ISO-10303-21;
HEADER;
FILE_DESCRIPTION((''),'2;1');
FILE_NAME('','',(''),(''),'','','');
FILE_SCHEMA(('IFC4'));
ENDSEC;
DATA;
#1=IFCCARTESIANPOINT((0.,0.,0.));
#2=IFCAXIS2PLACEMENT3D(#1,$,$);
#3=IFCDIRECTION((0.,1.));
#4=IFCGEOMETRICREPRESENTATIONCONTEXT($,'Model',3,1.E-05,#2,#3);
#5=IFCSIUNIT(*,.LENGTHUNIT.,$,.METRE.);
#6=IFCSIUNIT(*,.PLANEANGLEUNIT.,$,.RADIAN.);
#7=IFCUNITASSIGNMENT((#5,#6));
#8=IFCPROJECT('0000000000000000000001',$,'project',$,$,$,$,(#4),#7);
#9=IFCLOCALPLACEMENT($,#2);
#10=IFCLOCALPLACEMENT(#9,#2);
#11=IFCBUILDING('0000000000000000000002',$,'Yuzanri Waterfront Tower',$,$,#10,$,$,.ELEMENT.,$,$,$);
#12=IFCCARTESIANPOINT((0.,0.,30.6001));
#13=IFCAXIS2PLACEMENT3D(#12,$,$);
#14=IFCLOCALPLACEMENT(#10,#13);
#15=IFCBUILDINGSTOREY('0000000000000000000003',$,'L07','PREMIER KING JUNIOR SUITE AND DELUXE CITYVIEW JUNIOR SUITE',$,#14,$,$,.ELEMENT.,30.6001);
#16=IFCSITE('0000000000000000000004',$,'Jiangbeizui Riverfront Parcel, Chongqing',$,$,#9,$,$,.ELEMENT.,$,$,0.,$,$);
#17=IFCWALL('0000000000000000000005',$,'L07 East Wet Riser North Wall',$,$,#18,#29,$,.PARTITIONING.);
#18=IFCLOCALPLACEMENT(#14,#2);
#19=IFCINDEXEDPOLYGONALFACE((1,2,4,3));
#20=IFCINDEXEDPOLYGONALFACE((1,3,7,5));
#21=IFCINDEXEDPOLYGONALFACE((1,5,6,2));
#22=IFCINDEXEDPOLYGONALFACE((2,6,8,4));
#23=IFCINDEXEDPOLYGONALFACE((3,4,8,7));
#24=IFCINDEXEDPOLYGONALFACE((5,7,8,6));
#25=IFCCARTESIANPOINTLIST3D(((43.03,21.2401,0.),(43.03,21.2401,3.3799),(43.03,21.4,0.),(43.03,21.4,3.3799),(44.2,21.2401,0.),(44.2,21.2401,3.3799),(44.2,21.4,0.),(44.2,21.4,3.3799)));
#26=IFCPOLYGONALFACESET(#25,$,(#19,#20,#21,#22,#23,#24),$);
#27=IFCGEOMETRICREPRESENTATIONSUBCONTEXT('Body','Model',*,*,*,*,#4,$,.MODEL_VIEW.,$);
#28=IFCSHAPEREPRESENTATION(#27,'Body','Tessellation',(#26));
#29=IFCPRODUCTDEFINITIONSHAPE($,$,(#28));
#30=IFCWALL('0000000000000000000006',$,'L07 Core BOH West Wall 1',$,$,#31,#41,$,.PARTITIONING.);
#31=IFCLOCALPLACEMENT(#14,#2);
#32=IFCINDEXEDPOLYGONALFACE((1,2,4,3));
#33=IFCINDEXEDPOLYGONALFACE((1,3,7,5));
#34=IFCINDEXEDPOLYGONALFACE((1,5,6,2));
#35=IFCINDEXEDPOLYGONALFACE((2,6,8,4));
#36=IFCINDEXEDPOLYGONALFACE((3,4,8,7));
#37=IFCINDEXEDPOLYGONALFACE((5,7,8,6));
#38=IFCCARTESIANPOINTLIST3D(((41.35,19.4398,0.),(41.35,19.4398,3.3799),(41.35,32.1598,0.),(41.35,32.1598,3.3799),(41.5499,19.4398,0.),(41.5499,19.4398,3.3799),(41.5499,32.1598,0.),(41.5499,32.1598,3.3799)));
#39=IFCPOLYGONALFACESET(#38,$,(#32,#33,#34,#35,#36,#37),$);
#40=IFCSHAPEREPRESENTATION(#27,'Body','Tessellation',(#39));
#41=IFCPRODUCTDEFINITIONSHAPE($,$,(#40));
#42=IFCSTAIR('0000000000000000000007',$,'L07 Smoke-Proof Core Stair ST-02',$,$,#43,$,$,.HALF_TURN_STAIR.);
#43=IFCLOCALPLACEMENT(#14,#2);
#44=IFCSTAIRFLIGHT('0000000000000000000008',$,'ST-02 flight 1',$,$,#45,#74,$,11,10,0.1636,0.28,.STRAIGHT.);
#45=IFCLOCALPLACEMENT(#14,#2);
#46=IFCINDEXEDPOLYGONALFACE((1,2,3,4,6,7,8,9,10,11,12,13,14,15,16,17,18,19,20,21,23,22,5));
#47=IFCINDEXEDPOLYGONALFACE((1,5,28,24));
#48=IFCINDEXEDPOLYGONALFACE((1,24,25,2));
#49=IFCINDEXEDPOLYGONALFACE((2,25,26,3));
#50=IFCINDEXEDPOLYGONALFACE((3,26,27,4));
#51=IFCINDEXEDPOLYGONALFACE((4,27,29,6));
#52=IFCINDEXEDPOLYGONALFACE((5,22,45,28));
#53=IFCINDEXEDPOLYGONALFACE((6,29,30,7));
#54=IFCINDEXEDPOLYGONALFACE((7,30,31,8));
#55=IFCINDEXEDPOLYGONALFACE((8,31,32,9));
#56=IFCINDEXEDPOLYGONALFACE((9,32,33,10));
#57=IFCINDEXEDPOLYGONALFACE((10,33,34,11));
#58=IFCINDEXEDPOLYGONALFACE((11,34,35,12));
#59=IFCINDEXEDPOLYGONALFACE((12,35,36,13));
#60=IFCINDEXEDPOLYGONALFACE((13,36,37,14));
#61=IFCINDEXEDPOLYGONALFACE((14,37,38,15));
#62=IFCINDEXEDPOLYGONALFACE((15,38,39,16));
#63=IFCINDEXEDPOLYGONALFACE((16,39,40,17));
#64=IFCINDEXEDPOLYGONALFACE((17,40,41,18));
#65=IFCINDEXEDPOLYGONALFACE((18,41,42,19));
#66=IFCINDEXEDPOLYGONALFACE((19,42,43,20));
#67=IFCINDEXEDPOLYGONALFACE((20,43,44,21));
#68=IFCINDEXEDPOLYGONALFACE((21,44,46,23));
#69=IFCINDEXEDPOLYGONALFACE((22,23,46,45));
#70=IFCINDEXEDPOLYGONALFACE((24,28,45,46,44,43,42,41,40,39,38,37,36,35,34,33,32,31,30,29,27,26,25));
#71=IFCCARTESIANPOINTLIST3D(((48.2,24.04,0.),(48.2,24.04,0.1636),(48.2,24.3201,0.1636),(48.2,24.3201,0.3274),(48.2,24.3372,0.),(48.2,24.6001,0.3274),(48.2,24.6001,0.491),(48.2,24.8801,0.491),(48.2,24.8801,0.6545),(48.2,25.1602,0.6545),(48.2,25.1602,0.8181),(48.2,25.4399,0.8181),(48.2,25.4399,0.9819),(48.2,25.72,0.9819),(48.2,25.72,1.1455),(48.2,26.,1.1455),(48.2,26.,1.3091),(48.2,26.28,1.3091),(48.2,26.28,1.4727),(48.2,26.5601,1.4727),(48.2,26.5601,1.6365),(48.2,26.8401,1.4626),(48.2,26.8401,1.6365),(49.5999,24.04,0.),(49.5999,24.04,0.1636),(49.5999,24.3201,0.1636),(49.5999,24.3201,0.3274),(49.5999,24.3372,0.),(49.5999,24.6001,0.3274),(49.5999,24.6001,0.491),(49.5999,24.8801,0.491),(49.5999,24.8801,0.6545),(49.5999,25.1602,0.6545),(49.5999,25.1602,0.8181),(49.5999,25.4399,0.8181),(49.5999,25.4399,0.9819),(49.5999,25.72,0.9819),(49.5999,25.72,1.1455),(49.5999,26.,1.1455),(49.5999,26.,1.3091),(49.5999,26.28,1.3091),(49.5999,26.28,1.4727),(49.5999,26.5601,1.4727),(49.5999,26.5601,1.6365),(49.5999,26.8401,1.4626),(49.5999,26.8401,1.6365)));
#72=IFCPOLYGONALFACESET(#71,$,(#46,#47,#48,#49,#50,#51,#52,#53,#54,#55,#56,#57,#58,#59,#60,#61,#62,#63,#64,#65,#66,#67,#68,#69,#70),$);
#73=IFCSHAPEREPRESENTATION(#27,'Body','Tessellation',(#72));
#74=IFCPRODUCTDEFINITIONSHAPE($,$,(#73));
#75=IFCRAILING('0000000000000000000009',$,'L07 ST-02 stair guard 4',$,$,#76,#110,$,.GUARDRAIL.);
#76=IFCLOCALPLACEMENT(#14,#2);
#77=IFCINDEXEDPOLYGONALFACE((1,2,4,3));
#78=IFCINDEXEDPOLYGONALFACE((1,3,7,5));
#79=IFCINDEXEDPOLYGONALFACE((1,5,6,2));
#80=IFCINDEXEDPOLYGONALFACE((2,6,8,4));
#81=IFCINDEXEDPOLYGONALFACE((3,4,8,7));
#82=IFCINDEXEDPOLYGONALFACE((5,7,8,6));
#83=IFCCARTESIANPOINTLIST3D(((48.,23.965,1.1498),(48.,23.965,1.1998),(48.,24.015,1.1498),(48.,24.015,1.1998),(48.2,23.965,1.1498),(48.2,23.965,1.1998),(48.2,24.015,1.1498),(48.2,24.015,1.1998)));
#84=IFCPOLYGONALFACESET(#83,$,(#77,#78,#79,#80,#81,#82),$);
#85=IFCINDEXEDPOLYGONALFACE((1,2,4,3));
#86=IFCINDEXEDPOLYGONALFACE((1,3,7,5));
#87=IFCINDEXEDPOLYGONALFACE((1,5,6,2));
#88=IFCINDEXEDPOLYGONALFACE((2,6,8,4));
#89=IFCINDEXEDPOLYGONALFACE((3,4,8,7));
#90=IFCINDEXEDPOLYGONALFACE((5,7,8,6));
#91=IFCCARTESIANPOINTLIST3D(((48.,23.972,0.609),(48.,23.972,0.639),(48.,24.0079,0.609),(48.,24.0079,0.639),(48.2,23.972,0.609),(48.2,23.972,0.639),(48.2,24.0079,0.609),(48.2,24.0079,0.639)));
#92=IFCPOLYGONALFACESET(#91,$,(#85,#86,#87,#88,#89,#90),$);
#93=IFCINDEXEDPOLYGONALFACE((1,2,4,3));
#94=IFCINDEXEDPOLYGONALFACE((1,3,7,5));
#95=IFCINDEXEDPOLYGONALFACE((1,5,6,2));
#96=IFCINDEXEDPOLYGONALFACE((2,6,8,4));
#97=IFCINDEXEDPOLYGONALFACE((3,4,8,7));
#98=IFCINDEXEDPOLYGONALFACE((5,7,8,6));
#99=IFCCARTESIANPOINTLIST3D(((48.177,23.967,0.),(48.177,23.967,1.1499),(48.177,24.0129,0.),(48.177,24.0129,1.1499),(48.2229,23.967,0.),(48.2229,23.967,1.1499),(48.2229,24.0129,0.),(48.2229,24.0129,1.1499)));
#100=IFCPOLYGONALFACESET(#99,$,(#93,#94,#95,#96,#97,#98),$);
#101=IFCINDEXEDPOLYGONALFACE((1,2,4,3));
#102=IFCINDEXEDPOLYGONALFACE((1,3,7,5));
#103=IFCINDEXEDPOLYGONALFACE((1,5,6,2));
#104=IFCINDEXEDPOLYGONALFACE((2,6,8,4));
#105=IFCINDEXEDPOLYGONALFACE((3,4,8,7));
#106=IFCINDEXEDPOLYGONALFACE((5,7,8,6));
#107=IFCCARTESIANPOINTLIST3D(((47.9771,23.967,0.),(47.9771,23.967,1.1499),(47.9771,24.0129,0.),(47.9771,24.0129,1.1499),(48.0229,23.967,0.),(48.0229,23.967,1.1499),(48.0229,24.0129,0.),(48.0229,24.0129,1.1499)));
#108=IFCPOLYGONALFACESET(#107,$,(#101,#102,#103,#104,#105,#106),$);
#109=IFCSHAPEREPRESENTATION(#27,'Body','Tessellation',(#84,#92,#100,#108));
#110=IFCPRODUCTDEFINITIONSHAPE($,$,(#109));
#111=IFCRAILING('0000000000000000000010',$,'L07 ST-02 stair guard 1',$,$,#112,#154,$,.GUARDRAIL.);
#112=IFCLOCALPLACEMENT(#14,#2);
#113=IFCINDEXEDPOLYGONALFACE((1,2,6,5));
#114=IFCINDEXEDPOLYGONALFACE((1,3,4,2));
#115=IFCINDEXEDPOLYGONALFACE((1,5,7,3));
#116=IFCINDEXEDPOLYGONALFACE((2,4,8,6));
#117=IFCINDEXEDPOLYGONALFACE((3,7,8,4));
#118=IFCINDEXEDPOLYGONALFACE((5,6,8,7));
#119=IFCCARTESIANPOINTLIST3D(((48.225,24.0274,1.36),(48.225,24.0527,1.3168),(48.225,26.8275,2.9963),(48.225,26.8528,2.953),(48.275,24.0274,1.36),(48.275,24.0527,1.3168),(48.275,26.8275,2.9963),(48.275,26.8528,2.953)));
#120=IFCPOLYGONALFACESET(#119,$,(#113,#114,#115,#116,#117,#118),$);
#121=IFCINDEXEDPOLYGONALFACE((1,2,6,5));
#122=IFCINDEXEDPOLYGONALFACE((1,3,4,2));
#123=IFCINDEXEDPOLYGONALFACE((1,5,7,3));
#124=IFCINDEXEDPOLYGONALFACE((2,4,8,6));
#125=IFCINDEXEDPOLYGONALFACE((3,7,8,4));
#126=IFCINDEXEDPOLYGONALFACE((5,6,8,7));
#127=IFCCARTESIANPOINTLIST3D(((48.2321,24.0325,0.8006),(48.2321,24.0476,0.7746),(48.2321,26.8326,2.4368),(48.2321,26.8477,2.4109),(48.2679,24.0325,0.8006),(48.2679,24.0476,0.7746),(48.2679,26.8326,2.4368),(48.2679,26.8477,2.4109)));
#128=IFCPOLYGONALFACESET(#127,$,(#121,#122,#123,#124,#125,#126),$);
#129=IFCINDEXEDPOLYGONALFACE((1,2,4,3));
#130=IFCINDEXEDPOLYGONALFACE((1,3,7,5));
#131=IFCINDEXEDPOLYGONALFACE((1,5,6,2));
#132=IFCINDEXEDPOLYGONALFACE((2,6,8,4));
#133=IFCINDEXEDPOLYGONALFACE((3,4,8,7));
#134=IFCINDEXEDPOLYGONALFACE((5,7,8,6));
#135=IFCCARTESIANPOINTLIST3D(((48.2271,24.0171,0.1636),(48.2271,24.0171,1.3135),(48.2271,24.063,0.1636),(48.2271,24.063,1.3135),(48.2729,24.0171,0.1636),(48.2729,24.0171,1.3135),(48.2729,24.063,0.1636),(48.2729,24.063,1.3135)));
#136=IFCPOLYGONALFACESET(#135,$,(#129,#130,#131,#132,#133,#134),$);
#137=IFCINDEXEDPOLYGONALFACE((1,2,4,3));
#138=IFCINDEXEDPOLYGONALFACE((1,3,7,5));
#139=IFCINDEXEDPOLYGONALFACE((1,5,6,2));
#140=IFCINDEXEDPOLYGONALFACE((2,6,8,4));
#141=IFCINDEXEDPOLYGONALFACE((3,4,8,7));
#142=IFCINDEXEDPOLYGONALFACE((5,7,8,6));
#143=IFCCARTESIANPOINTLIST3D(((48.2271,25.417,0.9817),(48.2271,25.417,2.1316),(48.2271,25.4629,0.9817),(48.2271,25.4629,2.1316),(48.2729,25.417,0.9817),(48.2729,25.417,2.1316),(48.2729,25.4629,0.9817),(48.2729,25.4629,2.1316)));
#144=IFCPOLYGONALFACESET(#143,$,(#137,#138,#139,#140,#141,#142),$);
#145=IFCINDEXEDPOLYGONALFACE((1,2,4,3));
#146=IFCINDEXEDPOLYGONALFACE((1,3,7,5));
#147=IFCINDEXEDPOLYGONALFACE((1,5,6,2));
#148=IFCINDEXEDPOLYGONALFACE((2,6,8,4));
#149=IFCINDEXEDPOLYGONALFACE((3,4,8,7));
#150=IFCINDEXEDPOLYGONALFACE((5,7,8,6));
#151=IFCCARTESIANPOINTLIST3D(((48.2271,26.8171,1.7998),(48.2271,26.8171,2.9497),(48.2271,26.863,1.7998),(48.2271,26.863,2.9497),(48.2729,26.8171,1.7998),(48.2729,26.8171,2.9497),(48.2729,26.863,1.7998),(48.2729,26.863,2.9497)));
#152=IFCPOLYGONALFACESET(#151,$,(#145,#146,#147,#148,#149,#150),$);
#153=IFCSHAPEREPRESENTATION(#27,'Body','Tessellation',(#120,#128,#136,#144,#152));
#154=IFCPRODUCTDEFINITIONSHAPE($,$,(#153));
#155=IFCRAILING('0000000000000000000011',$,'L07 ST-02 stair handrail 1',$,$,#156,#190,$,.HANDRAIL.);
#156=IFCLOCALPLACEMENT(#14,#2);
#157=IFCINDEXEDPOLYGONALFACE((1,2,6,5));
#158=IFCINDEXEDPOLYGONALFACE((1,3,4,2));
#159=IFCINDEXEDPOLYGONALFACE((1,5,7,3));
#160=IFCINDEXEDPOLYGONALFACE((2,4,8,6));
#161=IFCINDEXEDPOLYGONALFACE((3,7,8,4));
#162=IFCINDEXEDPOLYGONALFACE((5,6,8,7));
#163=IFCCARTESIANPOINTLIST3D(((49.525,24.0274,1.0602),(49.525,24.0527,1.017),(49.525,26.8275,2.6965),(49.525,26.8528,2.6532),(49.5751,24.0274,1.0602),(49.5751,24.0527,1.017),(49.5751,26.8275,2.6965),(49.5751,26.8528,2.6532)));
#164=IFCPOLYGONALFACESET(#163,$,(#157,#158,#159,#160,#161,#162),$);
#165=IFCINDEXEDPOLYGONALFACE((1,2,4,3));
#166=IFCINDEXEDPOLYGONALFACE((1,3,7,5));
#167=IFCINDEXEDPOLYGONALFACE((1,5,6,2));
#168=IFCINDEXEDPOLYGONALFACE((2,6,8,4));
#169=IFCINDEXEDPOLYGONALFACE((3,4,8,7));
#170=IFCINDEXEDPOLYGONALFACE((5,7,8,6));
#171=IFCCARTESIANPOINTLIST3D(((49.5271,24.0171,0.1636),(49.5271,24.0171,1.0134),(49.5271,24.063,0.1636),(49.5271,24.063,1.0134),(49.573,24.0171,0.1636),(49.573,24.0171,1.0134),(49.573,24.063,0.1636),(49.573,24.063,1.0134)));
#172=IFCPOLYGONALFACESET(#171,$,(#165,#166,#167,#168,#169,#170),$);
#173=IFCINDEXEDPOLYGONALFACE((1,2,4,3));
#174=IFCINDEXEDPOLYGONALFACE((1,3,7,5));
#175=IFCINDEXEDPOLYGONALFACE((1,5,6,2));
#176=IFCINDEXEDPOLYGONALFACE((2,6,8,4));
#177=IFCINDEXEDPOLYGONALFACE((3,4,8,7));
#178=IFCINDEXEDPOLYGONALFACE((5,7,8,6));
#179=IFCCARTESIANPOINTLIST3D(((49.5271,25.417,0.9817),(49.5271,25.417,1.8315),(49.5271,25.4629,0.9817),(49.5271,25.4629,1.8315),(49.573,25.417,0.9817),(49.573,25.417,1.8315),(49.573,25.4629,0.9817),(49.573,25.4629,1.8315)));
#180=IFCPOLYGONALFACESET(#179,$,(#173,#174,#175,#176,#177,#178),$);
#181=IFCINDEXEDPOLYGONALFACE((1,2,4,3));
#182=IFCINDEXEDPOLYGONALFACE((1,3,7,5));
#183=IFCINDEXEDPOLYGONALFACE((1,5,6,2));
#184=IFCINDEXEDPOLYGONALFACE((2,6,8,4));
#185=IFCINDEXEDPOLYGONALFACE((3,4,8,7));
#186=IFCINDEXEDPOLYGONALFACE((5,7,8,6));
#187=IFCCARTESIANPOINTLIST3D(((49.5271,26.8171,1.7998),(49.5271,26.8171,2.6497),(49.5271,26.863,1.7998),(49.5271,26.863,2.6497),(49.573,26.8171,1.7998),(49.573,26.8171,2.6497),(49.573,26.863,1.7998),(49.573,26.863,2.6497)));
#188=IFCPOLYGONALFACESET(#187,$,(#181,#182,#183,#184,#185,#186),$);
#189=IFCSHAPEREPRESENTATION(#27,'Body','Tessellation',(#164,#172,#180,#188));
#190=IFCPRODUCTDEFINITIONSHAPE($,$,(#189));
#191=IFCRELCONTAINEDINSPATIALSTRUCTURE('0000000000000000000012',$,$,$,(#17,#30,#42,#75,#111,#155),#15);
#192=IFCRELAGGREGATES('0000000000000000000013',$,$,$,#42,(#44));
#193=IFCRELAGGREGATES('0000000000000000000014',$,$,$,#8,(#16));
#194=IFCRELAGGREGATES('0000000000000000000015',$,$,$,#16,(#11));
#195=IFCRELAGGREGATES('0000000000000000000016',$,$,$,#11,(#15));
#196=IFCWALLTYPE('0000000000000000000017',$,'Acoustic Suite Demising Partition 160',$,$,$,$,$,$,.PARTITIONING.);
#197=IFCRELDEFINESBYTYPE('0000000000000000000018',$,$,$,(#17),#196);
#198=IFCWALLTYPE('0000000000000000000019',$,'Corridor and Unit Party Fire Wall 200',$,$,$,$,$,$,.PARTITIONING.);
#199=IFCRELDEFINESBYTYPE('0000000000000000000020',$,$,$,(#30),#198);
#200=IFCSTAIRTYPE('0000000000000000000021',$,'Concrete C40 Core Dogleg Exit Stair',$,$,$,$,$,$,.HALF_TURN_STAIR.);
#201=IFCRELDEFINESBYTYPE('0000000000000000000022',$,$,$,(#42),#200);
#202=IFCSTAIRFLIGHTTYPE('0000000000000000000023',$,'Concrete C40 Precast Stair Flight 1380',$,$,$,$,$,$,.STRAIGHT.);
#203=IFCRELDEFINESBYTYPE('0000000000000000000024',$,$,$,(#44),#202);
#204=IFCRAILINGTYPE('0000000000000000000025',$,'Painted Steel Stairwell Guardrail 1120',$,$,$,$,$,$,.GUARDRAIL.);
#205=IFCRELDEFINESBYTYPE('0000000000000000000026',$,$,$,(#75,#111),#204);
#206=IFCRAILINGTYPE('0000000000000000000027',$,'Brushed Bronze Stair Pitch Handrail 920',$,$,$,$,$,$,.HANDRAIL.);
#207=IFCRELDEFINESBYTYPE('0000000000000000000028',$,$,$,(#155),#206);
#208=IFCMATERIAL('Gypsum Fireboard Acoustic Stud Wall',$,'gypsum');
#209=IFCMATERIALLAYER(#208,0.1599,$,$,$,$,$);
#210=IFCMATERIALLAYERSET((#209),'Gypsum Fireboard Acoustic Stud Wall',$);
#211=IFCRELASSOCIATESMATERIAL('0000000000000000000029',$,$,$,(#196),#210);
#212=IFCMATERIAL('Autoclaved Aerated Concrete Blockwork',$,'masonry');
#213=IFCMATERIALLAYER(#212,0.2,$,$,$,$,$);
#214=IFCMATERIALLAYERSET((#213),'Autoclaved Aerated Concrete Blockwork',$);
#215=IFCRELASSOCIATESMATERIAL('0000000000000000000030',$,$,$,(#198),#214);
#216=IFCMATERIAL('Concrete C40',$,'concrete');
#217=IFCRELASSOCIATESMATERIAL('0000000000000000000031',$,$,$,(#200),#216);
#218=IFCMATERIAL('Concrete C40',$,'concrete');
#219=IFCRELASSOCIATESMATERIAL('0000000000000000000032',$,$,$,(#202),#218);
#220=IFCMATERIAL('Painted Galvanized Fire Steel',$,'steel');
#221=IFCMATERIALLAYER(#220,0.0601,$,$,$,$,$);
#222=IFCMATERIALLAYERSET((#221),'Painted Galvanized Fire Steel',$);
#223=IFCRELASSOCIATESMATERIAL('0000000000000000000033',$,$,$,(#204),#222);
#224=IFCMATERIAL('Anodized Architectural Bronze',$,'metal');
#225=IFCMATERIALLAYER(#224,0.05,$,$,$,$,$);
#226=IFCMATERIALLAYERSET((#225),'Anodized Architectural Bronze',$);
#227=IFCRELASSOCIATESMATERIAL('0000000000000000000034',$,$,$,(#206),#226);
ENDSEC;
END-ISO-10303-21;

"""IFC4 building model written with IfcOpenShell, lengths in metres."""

from ifc_helpers import new_model, si_unit, direction, frame, frame_2d, origin, origin_2d, place, context, subcontext, project, spatial, polyline, rectangle, outline, extrude, source, transform, mapped, material, layer, layer_set, type_object, element, aggregate, save


model = new_model("IFC4")

# Units and contexts
model_context = context("Model", 3, precision=1e-05, world=origin(), true_north=direction((0.0, 1.0)))
body_context = subcontext(model_context, "Body", "Model", "MODEL_VIEW")
ifc_project = project(units=[si_unit("LENGTHUNIT", "METRE"), si_unit("PLANEANGLEUNIT", "RADIAN")], contexts=[model_context])

# Site, building, storey
site_placement = place(None, origin())
site = spatial("IfcSite", under=ifc_project, at=site_placement, Name="Jiangbeizui Riverfront Parcel, Chongqing", CompositionType="ELEMENT", RefElevation=0.0)
building_placement = place(site_placement, origin())
building = spatial("IfcBuilding", under=site, at=building_placement, Name="Yuzanri Waterfront Tower", CompositionType="ELEMENT")
storey_placement = place(building_placement, frame((0.0, 0.0, 30.6001)))
storey = spatial("IfcBuildingStorey", under=building, at=storey_placement, Name="L07", Description="PREMIER KING JUNIOR SUITE AND DELUXE CITYVIEW JUNIOR SUITE", CompositionType="ELEMENT", Elevation=30.6001)

# Walls
ifc_material_1 = material(Name="Gypsum Fireboard Acoustic Stud Wall", Category="gypsum")
ifc_layer_1 = layer(ifc_material_1, 0.1599)
ifc_layer_set_1 = layer_set([ifc_layer_1], Name="Gypsum Fireboard Acoustic Stud Wall")
wall_type_1 = type_object("IfcWallType", Name="Acoustic Suite Demising Partition 160", PredefinedType="PARTITIONING", material=ifc_layer_set_1)
shared_shape_1 = source(origin(), body_context, "Body", "SweptSolid", [
    extrude(rectangle(XDim=1.1699, YDim=0.1599, at=frame_2d((0.585, 0.0))), origin(), (0.0, 0.0, 1.0), 3.3799),
])
wall_1_placement = place(storey_placement, frame((43.03, 21.3201, 0.0), z_axis=(0.0, 0.0, 1.0), x_axis=(1.0, 0.0, 0.0)))
element("IfcWall", 1, at=wall_1_placement, inside=storey, type_object=wall_type_1, Name="L07 East Wet Riser North Wall", PredefinedType="PARTITIONING", context=body_context, shape_type="MappedRepresentation", body=[
    mapped(shared_shape_1, transform((0.0, 0.0, 0.0), scale=1.0)),
])
ifc_material_2 = material(Name="Autoclaved Aerated Concrete Blockwork", Category="masonry")
ifc_layer_2 = layer(ifc_material_2, 0.2)
ifc_layer_set_2 = layer_set([ifc_layer_2], Name="Autoclaved Aerated Concrete Blockwork")
wall_type_2 = type_object("IfcWallType", Name="Corridor and Unit Party Fire Wall 200", PredefinedType="PARTITIONING", material=ifc_layer_set_2)
shared_shape_2 = source(origin(), body_context, "Body", "SweptSolid", [
    extrude(rectangle(XDim=12.72, YDim=0.2, at=frame_2d((6.3599, 0.0))), origin(), (0.0, 0.0, 1.0), 3.3799),
])
wall_2_placement = place(storey_placement, frame((41.45, 19.4399, 0.0), z_axis=(0.0, 0.0, 1.0), x_axis=(0.0, 1.0, 0.0)))
element("IfcWall", 2, at=wall_2_placement, inside=storey, type_object=wall_type_2, Name="L07 Core BOH West Wall 1", PredefinedType="PARTITIONING", context=body_context, shape_type="MappedRepresentation", body=[
    mapped(shared_shape_2, transform((0.0, 0.0, 0.0), scale=1.0)),
])

# Stair, stair flight
ifc_material_3 = material(Name="Concrete C40", Category="concrete")
stair_type = type_object("IfcStairType", Name="Concrete C40 Core Dogleg Exit Stair", PredefinedType="HALF_TURN_STAIR", material=ifc_material_3)
stair_placement = place(storey_placement, origin())
stair = element("IfcStair", 3, at=stair_placement, inside=storey, type_object=stair_type, Name="L07 Smoke-Proof Core Stair ST-02", PredefinedType="HALF_TURN_STAIR")
ifc_material_4 = material(Name="Concrete C40", Category="concrete")
stair_flight_type = type_object("IfcStairFlightType", Name="Concrete C40 Precast Stair Flight 1380", PredefinedType="STRAIGHT", material=ifc_material_4)
shared_shape_3 = source(origin(), body_context, "Body", "SweptSolid", [
    extrude(outline(polyline([(0.0, 0.0), (0.0, 0.1636), (0.28, 0.1636), (0.28, 0.3274), (0.5601, 0.3274), (0.5601, 0.491), (0.8401, 0.491), (0.8401, 0.6545), (1.1201, 0.6545), (1.1201, 0.8181), (1.3999, 0.8181), (1.3999, 0.9819), (1.6799, 0.9819), (1.6799, 1.1455), (1.96, 1.1455), (1.96, 1.3091), (2.24, 1.3091), (2.24, 1.4727), (2.52, 1.4727), (2.52, 1.6365), (2.8, 1.6365), (2.8, 1.8), (2.8, 1.4626), (0.2971, 0.0), (0.0, 0.0)])), frame((0.0, 0.7, 0.0), z_axis=(0.0, -1.0, 0.0), x_axis=(1.0, 0.0, 0.0)), (0.0, 0.0, 1.0), 1.3999),
])
stair_flight_placement = place(storey_placement, frame((48.8999, 24.04, 0.0), z_axis=(0.0, 0.0, 1.0), x_axis=(0.0, 1.0, 0.0)))
stair_flight = element("IfcStairFlight", 4, at=stair_flight_placement, type_object=stair_flight_type, Name="ST-02 flight 1", NumberOfRisers=11, NumberOfTreads=10, PredefinedType="STRAIGHT", RiserHeight=0.1636, TreadLength=0.28, context=body_context, shape_type="MappedRepresentation", body=[
    mapped(shared_shape_3, transform((0.0, 0.0, 0.0), scale=1.0)),
])
aggregate(stair, [stair_flight])

# Railings
ifc_material_5 = material(Name="Painted Galvanized Fire Steel", Category="steel")
ifc_layer_3 = layer(ifc_material_5, 0.0601)
ifc_layer_set_3 = layer_set([ifc_layer_3], Name="Painted Galvanized Fire Steel")
railing_type_1 = type_object("IfcRailingType", Name="Painted Steel Stairwell Guardrail 1120", PredefinedType="GUARDRAIL", material=ifc_layer_set_3)
shared_shape_4 = source(origin(), body_context, "Body", "SweptSolid", [
    extrude(rectangle(XDim=0.05, YDim=0.05, at=origin_2d()), frame((0.0, 0.0, 1.1748), z_axis=(-1.0, 0.0, 0.0), x_axis=(0.0, -1.0, 0.0)), (0.0, 0.0, 1.0), 0.2),
    extrude(rectangle(XDim=0.0359, YDim=0.03, at=origin_2d()), frame((0.0, 0.0, 0.624), z_axis=(-1.0, 0.0, 0.0), x_axis=(0.0, -1.0, 0.0)), (0.0, 0.0, 1.0), 0.2),
    extrude(rectangle(XDim=0.0459, YDim=0.0459, at=origin_2d()), origin(), (0.0, 0.0, 1.0), 1.1499),
    extrude(rectangle(XDim=0.0459, YDim=0.0459, at=origin_2d()), frame((-0.2, 0.0, 0.0)), (0.0, 0.0, 1.0), 1.1499),
])
railing_1_placement = place(storey_placement, frame((48.2, 23.99, 0.0)))
element("IfcRailing", 5, at=railing_1_placement, inside=storey, type_object=railing_type_1, Name="L07 ST-02 stair guard 4", PredefinedType="GUARDRAIL", context=body_context, shape_type="MappedRepresentation", body=[
    mapped(shared_shape_4, transform((0.0, 0.0, 0.0), scale=1.0)),
])
shared_shape_5 = source(origin(), body_context, "Body", "SweptSolid", [
    extrude(rectangle(XDim=0.05, YDim=0.05, at=origin_2d()), frame((0.0, 0.0, 1.1748), z_axis=(0.0, 0.863394, 0.504531), x_axis=(-1.0, 0.0, 0.0)), (0.0, 0.0, 1.0), 3.2432),
    extrude(rectangle(XDim=0.0359, YDim=0.03, at=origin_2d()), frame((0.0, 0.0, 0.624), z_axis=(0.0, 0.863394, 0.504531), x_axis=(-1.0, 0.0, 0.0)), (0.0, 0.0, 1.0), 3.2432),
    extrude(rectangle(XDim=0.0459, YDim=0.0459, at=origin_2d()), origin(), (0.0, 0.0, 1.0), 1.1499),
    extrude(rectangle(XDim=0.0459, YDim=0.0459, at=origin_2d()), frame((0.0, 1.3999, 0.8181)), (0.0, 0.0, 1.0), 1.1499),
    extrude(rectangle(XDim=0.0459, YDim=0.0459, at=origin_2d()), frame((0.0, 2.8, 1.6362)), (0.0, 0.0, 1.0), 1.1499),
])
railing_2_placement = place(storey_placement, frame((48.25, 24.04, 0.1636)))
element("IfcRailing", 6, at=railing_2_placement, inside=storey, type_object=railing_type_1, Name="L07 ST-02 stair guard 1", PredefinedType="GUARDRAIL", context=body_context, shape_type="MappedRepresentation", body=[
    mapped(shared_shape_5, transform((0.0, 0.0, 0.0), scale=1.0)),
])
ifc_material_6 = material(Name="Anodized Architectural Bronze", Category="metal")
ifc_layer_4 = layer(ifc_material_6, 0.05)
ifc_layer_set_4 = layer_set([ifc_layer_4], Name="Anodized Architectural Bronze")
railing_type_2 = type_object("IfcRailingType", Name="Brushed Bronze Stair Pitch Handrail 920", PredefinedType="HANDRAIL", material=ifc_layer_set_4)
shared_shape_6 = source(origin(), body_context, "Body", "SweptSolid", [
    extrude(rectangle(XDim=0.05, YDim=0.05, at=origin_2d()), frame((0.0, 0.0, 0.875), z_axis=(0.0, 0.863394, 0.504531), x_axis=(-1.0, 0.0, 0.0)), (0.0, 0.0, 1.0), 3.2432),
    extrude(rectangle(XDim=0.0459, YDim=0.0459, at=origin_2d()), origin(), (0.0, 0.0, 1.0), 0.8499),
    extrude(rectangle(XDim=0.0459, YDim=0.0459, at=origin_2d()), frame((0.0, 1.3999, 0.8181)), (0.0, 0.0, 1.0), 0.8499),
    extrude(rectangle(XDim=0.0459, YDim=0.0459, at=origin_2d()), frame((0.0, 2.8, 1.6362)), (0.0, 0.0, 1.0), 0.8499),
])
railing_3_placement = place(storey_placement, frame((49.55, 24.04, 0.1636)))
element("IfcRailing", 7, at=railing_3_placement, inside=storey, type_object=railing_type_2, Name="L07 ST-02 stair handrail 1", PredefinedType="HANDRAIL", context=body_context, shape_type="MappedRepresentation", body=[
    mapped(shared_shape_6, transform((0.0, 0.0, 0.0), scale=1.0)),
])

save(model, "model.ifc")
